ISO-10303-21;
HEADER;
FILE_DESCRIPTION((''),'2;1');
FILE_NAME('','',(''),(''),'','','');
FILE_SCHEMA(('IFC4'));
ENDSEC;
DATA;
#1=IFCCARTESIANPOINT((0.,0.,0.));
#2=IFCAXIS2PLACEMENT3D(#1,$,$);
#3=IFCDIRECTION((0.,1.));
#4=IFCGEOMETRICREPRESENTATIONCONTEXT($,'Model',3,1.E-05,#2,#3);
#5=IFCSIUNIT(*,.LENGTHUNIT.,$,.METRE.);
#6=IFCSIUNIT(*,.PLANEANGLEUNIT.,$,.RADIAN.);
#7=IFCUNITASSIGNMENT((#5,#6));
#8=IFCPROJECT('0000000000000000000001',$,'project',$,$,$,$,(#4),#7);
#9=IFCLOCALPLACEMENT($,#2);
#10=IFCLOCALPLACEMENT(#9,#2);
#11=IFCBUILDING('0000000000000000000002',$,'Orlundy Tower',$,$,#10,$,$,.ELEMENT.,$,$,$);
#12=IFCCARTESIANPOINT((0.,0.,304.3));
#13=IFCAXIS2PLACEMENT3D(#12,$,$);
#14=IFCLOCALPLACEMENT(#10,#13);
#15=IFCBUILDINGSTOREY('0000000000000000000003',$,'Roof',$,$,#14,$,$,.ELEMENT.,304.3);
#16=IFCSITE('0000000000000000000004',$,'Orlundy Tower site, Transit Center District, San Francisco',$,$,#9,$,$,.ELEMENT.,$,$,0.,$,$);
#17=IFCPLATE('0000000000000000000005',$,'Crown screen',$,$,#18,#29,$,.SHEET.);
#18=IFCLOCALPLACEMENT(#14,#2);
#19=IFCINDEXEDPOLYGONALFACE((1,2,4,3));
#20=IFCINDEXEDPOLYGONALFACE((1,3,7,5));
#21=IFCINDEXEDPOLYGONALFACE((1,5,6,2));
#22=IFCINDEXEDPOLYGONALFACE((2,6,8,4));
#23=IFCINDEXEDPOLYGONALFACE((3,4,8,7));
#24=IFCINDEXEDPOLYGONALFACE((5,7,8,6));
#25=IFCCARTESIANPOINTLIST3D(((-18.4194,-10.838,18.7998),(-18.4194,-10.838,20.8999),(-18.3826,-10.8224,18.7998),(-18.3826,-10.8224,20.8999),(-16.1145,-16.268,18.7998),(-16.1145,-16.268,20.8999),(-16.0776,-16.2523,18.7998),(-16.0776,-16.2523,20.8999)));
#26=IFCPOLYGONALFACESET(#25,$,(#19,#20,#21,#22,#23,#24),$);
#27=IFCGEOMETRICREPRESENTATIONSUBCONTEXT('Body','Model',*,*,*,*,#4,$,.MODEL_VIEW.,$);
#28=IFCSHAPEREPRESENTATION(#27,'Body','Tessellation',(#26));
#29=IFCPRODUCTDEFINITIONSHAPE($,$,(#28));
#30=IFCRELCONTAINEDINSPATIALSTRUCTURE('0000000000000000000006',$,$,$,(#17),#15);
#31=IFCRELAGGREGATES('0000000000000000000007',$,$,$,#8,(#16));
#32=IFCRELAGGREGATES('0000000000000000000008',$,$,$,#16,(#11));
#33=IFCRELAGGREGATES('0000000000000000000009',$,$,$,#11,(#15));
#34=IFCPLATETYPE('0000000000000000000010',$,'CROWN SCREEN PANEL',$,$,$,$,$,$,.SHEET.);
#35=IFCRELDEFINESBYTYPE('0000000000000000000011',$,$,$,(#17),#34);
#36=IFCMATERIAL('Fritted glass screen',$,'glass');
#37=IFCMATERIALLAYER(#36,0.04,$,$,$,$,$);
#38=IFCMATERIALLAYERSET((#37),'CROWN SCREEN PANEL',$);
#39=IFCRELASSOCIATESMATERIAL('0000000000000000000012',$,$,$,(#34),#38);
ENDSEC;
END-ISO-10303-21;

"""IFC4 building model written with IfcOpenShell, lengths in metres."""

from ifc_helpers import new_model, si_unit, direction, frame, origin, origin_2d, place, context, subcontext, project, spatial, rectangle, extrude, material, layer, layer_set, type_object, element, save


model = new_model("IFC4")

# Units and contexts
model_context = context("Model", 3, precision=1e-05, world=origin(), true_north=direction((0.0, 1.0)))
body_context = subcontext(model_context, "Body", "Model", "MODEL_VIEW")
ifc_project = project(units=[si_unit("LENGTHUNIT", "METRE"), si_unit("PLANEANGLEUNIT", "RADIAN")], contexts=[model_context])

# Site, building, storey
site_placement = place(None, origin())
site = spatial("IfcSite", under=ifc_project, at=site_placement, Name="Orlundy Tower site, Transit Center District, San Francisco", CompositionType="ELEMENT", RefElevation=0.0)
building_placement = place(site_placement, origin())
building = spatial("IfcBuilding", under=site, at=building_placement, Name="Orlundy Tower", CompositionType="ELEMENT")
storey_placement = place(building_placement, frame((0.0, 0.0, 304.3)))
storey = spatial("IfcBuildingStorey", under=building, at=storey_placement, Name="Roof", CompositionType="ELEMENT", Elevation=304.3)

# Plate
ifc_material_1 = material(Name="Fritted glass screen", Category="glass")
ifc_layer = layer(ifc_material_1, 0.04)
ifc_layer_set = layer_set([ifc_layer], Name="CROWN SCREEN PANEL")
plate_type = type_object("IfcPlateType", Name="CROWN SCREEN PANEL", PredefinedType="SHEET", material=ifc_layer_set)
for number, where, z_axis, x_axis, name in (
    (1, (-17.2485, -13.5452, 18.7998), (0.0, 0.0, 1.0), (0.390742, -0.9205, 0.0), "Crown screen"),
):
    element("IfcPlate", number, at=place(storey_placement, frame(where, z_axis=z_axis, x_axis=x_axis)), inside=storey, type_object=plate_type, Name=name, PredefinedType="SHEET", context=body_context, shape_type="SweptSolid", body=[
        extrude(rectangle(XDim=5.8989, YDim=0.04, at=origin_2d()), origin(), (0.0, 0.0, 1.0), 2.1001),
    ])

save(model, "model.ifc")
